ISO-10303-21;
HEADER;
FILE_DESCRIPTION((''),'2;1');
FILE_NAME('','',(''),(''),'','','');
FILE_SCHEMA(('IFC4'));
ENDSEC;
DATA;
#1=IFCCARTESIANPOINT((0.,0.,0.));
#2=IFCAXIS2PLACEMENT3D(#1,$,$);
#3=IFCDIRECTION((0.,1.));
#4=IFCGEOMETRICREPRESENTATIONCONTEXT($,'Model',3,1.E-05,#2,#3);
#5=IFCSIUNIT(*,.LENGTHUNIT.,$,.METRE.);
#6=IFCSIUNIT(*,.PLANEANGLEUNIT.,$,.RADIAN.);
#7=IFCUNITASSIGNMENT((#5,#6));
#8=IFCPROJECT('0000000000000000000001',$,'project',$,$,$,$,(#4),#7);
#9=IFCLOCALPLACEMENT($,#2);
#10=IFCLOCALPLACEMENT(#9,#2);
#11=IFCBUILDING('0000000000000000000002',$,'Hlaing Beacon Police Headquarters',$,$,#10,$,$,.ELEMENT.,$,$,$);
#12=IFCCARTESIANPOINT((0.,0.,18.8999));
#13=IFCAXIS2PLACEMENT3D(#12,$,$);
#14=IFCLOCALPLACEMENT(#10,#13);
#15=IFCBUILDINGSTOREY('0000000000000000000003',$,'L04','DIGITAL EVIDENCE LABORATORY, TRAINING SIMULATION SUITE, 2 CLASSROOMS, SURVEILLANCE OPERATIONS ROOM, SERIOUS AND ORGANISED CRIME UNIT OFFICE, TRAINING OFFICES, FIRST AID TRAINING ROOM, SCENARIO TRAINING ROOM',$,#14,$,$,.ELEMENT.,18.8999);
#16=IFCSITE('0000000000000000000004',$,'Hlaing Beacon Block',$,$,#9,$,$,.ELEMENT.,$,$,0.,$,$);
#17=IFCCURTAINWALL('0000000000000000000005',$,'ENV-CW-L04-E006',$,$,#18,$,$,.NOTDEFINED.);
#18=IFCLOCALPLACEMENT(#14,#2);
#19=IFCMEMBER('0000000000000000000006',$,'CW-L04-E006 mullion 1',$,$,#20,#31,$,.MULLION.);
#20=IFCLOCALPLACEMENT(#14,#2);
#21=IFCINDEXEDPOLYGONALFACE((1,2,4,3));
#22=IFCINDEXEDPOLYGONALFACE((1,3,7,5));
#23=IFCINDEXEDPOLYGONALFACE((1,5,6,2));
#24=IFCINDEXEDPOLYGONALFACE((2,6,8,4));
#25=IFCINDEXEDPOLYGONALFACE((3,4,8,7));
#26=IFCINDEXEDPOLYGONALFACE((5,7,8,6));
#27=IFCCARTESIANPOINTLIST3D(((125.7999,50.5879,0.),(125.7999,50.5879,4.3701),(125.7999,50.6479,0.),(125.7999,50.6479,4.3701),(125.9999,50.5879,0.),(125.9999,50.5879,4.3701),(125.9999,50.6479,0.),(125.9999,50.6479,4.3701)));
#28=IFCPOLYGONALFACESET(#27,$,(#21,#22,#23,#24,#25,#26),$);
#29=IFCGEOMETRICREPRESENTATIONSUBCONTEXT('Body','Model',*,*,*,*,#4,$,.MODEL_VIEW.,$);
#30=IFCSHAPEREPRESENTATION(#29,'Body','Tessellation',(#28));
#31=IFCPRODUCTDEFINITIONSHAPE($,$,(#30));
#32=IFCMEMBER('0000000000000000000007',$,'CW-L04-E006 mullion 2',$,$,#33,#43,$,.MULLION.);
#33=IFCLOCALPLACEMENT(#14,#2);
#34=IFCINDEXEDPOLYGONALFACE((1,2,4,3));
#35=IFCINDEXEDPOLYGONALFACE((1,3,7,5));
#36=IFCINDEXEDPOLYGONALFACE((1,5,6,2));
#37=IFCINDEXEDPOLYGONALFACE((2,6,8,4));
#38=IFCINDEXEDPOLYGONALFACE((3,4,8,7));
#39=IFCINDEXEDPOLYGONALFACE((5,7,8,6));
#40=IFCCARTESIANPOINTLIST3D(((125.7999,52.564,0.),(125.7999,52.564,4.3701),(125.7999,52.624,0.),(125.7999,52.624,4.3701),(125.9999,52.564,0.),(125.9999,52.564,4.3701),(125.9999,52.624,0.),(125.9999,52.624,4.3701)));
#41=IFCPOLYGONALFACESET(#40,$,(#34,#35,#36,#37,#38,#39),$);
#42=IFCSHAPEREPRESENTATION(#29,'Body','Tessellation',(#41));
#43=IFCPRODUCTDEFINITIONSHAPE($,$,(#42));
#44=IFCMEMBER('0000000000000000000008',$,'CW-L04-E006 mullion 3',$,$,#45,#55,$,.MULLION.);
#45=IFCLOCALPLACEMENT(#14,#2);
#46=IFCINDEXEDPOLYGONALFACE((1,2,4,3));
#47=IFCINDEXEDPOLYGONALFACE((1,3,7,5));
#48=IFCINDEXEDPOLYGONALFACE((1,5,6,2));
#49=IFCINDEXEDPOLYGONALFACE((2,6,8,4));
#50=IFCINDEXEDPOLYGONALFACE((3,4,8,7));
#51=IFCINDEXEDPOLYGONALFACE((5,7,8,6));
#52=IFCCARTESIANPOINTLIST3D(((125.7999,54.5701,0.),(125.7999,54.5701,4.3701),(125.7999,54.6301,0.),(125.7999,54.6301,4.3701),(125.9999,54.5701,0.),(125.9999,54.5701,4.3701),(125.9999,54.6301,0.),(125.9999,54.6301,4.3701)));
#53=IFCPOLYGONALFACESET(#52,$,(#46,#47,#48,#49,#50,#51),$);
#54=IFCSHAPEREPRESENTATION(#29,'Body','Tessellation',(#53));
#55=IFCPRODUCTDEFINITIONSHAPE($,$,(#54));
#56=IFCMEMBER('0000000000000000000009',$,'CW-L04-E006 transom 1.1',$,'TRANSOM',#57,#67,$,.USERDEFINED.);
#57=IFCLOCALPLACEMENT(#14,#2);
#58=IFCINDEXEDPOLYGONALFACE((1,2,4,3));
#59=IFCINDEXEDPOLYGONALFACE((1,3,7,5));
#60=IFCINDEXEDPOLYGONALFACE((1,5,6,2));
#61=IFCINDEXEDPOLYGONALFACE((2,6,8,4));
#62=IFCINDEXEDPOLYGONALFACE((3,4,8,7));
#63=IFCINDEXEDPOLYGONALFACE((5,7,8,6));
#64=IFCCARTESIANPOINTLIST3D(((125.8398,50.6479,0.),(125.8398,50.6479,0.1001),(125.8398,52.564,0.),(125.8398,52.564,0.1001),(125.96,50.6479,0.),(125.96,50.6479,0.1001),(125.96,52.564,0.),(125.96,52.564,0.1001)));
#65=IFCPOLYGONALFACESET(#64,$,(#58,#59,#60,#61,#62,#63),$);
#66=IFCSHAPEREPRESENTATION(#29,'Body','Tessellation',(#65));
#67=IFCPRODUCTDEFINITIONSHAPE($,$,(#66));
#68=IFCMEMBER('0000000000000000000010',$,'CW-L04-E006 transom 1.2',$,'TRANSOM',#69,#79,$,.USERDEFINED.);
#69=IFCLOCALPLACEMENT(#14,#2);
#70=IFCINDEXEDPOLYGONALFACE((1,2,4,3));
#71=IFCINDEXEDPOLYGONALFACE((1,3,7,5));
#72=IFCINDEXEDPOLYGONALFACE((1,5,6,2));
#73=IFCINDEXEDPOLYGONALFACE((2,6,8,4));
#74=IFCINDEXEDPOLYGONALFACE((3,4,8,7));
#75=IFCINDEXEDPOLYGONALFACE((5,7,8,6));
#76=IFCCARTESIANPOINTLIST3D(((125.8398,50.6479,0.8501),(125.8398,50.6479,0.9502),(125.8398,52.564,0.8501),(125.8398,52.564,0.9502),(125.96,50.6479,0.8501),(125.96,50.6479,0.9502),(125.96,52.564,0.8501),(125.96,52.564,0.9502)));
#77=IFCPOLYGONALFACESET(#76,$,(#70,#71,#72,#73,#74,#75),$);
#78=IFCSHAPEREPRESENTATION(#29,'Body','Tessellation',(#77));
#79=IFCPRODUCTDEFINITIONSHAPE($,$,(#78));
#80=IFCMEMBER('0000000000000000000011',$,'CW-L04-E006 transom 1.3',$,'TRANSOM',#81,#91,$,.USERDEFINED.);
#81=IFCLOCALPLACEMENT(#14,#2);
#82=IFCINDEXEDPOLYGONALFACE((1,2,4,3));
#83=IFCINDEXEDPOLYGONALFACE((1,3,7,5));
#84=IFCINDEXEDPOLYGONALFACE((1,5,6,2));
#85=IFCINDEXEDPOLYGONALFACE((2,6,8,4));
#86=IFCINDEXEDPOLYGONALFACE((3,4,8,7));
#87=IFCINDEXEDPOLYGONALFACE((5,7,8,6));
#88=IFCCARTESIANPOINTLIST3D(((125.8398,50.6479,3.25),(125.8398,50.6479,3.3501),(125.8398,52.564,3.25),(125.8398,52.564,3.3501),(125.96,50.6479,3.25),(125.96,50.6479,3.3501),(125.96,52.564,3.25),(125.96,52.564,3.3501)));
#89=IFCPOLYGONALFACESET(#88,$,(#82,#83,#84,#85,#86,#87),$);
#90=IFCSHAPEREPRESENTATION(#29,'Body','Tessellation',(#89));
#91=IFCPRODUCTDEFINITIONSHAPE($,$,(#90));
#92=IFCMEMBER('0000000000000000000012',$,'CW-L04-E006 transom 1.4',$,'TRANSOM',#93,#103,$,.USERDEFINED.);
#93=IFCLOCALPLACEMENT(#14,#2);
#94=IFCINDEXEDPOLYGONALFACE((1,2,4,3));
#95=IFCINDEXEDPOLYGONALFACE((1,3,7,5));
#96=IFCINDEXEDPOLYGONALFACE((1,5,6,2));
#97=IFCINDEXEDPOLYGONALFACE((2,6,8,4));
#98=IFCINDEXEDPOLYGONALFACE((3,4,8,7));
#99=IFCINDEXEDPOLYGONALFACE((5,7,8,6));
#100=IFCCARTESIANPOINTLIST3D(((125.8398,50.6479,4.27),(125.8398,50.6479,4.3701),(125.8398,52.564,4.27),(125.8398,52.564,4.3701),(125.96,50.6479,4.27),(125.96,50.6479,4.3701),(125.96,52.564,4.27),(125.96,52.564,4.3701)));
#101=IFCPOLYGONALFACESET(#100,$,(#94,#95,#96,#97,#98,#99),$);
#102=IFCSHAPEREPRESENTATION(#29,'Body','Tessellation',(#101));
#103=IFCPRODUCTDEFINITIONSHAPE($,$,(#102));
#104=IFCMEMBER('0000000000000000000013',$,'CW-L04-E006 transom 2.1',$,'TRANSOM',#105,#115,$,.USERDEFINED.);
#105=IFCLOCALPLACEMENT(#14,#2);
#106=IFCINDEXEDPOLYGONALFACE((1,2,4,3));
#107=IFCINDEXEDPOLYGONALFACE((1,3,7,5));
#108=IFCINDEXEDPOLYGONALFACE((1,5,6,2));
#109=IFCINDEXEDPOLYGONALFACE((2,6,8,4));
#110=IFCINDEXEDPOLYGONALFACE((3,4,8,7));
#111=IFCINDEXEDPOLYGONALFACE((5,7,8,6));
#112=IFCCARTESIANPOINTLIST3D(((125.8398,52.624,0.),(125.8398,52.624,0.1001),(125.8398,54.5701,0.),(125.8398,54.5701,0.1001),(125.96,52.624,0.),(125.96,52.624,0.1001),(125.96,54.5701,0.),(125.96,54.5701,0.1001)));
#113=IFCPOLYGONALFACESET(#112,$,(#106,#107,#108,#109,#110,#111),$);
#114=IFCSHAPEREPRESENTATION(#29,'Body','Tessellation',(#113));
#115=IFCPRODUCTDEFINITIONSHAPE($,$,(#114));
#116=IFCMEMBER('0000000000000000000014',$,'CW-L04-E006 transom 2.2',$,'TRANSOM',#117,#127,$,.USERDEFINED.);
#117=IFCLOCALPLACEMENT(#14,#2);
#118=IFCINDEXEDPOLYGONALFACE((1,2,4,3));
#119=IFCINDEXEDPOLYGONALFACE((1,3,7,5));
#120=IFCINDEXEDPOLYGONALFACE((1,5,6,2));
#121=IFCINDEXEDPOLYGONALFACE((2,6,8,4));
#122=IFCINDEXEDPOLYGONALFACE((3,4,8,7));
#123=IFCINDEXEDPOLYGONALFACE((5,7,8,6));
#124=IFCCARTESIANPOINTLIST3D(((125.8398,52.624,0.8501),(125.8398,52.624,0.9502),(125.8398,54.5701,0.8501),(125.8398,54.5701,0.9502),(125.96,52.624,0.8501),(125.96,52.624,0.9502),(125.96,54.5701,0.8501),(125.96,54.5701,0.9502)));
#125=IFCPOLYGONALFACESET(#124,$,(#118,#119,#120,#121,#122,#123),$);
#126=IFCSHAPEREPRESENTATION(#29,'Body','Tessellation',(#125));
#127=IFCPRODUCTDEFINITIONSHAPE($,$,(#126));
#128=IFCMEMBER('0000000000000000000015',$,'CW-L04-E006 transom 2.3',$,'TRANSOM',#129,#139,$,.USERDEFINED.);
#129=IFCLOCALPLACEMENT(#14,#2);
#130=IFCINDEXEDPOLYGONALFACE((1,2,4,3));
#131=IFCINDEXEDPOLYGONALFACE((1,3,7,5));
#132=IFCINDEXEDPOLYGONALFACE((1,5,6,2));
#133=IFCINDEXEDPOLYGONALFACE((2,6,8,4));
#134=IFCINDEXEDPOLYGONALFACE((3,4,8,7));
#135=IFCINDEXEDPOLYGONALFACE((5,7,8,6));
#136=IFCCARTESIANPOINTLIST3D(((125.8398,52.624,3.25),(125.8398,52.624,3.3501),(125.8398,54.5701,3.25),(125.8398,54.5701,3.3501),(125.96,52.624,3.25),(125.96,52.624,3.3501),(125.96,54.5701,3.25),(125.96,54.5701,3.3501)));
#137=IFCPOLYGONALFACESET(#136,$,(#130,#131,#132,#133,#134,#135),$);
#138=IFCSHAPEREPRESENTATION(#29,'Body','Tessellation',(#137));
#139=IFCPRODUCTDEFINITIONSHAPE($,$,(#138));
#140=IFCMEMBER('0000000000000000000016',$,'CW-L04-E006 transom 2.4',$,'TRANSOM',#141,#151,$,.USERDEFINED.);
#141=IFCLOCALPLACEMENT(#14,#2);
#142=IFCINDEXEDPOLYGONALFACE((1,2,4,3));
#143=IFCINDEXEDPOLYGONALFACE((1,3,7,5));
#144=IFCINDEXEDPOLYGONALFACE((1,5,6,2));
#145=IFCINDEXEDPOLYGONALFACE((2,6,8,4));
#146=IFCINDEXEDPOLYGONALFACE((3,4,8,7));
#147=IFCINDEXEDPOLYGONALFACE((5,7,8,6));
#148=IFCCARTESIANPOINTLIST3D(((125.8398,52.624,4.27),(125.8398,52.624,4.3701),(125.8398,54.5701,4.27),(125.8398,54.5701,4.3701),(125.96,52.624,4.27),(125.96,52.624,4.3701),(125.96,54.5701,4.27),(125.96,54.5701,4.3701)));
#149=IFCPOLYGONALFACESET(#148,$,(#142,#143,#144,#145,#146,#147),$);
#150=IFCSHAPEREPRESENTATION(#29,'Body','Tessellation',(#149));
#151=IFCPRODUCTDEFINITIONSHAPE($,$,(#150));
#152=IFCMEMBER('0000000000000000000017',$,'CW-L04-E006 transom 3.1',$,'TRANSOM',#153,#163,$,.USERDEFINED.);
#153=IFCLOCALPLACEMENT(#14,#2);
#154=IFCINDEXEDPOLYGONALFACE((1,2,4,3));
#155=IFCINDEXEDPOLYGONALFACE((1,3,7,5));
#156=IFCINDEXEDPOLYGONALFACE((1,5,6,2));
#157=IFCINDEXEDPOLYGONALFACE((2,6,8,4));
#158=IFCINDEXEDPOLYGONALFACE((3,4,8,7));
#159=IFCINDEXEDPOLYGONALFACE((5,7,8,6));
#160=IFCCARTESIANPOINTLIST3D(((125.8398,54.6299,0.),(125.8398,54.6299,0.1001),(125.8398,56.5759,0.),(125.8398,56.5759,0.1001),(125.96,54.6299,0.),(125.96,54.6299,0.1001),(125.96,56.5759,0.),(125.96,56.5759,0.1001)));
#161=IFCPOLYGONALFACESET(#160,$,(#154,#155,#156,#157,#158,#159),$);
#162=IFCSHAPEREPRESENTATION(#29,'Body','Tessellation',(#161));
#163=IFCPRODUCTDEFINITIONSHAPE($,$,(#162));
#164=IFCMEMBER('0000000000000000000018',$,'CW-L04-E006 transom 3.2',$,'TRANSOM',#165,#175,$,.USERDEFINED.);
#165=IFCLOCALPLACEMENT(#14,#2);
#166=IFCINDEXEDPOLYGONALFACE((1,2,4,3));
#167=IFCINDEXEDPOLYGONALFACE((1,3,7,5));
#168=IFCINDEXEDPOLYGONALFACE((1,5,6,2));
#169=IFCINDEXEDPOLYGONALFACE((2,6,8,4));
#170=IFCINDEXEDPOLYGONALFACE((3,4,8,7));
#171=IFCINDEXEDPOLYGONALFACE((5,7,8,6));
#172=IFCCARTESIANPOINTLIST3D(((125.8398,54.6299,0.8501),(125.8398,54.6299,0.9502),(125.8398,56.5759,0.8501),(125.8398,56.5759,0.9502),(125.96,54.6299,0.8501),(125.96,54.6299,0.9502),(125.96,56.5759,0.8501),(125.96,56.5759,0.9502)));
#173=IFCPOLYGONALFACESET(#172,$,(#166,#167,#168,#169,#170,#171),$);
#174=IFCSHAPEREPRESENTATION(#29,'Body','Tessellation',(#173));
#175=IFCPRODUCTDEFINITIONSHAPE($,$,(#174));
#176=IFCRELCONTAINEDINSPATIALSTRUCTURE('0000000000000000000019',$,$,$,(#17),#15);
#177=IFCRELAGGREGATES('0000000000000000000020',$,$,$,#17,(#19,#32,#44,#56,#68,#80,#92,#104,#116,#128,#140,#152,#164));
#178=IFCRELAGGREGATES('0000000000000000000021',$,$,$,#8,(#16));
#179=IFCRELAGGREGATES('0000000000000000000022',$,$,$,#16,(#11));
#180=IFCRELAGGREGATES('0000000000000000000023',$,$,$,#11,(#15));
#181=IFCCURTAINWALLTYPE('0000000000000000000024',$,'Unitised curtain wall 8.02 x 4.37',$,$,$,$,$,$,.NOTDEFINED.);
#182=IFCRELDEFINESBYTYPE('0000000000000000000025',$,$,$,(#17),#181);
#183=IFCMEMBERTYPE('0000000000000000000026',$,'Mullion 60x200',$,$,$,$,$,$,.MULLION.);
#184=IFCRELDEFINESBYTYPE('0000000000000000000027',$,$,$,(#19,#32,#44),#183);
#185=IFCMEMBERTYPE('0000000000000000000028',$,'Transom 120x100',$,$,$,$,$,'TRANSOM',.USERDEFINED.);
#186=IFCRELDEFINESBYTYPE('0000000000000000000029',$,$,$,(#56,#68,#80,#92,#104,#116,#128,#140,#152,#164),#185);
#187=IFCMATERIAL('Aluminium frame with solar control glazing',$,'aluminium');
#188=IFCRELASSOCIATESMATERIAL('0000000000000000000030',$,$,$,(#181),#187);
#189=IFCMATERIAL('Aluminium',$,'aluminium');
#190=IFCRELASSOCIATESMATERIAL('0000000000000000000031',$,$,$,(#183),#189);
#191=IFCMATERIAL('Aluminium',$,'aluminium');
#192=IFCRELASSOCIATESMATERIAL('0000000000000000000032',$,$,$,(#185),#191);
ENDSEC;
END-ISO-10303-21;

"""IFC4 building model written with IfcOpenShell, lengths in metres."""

from ifc_helpers import new_model, si_unit, direction, frame, origin, origin_2d, place, context, subcontext, project, spatial, rectangle, extrude, material, material_profile, profile_set, type_object, element, aggregate, save


model = new_model("IFC4")

# Units and contexts
model_context = context("Model", 3, precision=1e-05, world=origin(), true_north=direction((0.0, 1.0)))
body_context = subcontext(model_context, "Body", "Model", "MODEL_VIEW")
ifc_project = project(units=[si_unit("LENGTHUNIT", "METRE"), si_unit("PLANEANGLEUNIT", "RADIAN")], contexts=[model_context])

# Site, building, storey
site_placement = place(None, origin())
site = spatial("IfcSite", under=ifc_project, at=site_placement, Name="Hlaing Beacon Block", CompositionType="ELEMENT", RefElevation=0.0)
building_placement = place(site_placement, origin())
building = spatial("IfcBuilding", under=site, at=building_placement, Name="Hlaing Beacon Police Headquarters", CompositionType="ELEMENT")
storey_placement = place(building_placement, frame((0.0, 0.0, 18.8999)))
storey = spatial("IfcBuildingStorey", under=building, at=storey_placement, Name="L04", Description="DIGITAL EVIDENCE LABORATORY, TRAINING SIMULATION SUITE, 2 CLASSROOMS, SURVEILLANCE OPERATIONS ROOM, SERIOUS AND ORGANISED CRIME UNIT OFFICE, TRAINING OFFICES, FIRST AID TRAINING ROOM, SCENARIO TRAINING ROOM", CompositionType="ELEMENT", Elevation=18.8999)

# Curtain wall, members
ifc_material_1 = material(Name="Aluminium frame with solar control glazing", Category="aluminium")
curtain_wall_type = type_object("IfcCurtainWallType", Name="Unitised curtain wall 8.02 x 4.37", PredefinedType="NOTDEFINED", material=ifc_material_1)
curtain_wall_placement = place(storey_placement, origin())
curtain_wall = element("IfcCurtainWall", 1, at=curtain_wall_placement, inside=storey, type_object=curtain_wall_type, Name="ENV-CW-L04-E006", PredefinedType="NOTDEFINED")
ifc_material_2 = material(Name="Aluminium", Category="aluminium")
ifc_material_profile_1 = material_profile(ifc_material_2, rectangle(XDim=0.2, YDim=0.0601, at=origin_2d()), Name="Mullion 60x200")
ifc_profile_set_1 = profile_set([ifc_material_profile_1], Name="Aluminium")
member_type_1 = type_object("IfcMemberType", Name="Mullion 60x200", PredefinedType="MULLION", material=ifc_profile_set_1)
member_1_placement = place(storey_placement, frame((125.8999, 50.6179, 0.0), z_axis=(0.0, 0.0, 1.0), x_axis=(-1.0, 0.0, 0.0)))
member_1 = element("IfcMember", 2, at=member_1_placement, type_object=member_type_1, Name="CW-L04-E006 mullion 1", PredefinedType="MULLION", context=body_context, shape_type="SweptSolid", body=[
    extrude(rectangle(XDim=0.2, YDim=0.0601, at=origin_2d()), origin(), (0.0, 0.0, 1.0), 4.3701),
])
member_2_placement = place(storey_placement, frame((125.8999, 52.594, 0.0), z_axis=(0.0, 0.0, 1.0), x_axis=(-1.0, 0.0, 0.0)))
member_2 = element("IfcMember", 3, at=member_2_placement, type_object=member_type_1, Name="CW-L04-E006 mullion 2", PredefinedType="MULLION", context=body_context, shape_type="SweptSolid", body=[
    extrude(rectangle(XDim=0.2, YDim=0.0601, at=origin_2d()), origin(), (0.0, 0.0, 1.0), 4.3701),
])
member_3_placement = place(storey_placement, frame((125.8999, 54.6001, 0.0), z_axis=(0.0, 0.0, 1.0), x_axis=(-1.0, 0.0, 0.0)))
member_3 = element("IfcMember", 4, at=member_3_placement, type_object=member_type_1, Name="CW-L04-E006 mullion 3", PredefinedType="MULLION", context=body_context, shape_type="SweptSolid", body=[
    extrude(rectangle(XDim=0.2, YDim=0.0601, at=origin_2d()), origin(), (0.0, 0.0, 1.0), 4.3701),
])
ifc_material_3 = material(Name="Aluminium", Category="aluminium")
ifc_material_profile_2 = material_profile(ifc_material_3, rectangle(XDim=0.1201, YDim=0.1001, at=origin_2d()), Name="Transom 120x100")
ifc_profile_set_2 = profile_set([ifc_material_profile_2], Name="Aluminium")
member_type_2 = type_object("IfcMemberType", Name="Transom 120x100", ElementType="TRANSOM", PredefinedType="USERDEFINED", material=ifc_profile_set_2)
member_4_placement = place(storey_placement, frame((125.8999, 50.6479, 0.05), z_axis=(0.0, 1.0, 0.0), x_axis=(-1.0, 0.0, 0.0)))
member_4 = element("IfcMember", 5, at=member_4_placement, type_object=member_type_2, Name="CW-L04-E006 transom 1.1", ObjectType="TRANSOM", PredefinedType="USERDEFINED", context=body_context, shape_type="SweptSolid", body=[
    extrude(rectangle(XDim=0.1201, YDim=0.1001, at=origin_2d()), origin(), (0.0, 0.0, 1.0), 1.916),
])
member_5_placement = place(storey_placement, frame((125.8999, 50.6479, 0.9001), z_axis=(0.0, 1.0, 0.0), x_axis=(-1.0, 0.0, 0.0)))
member_5 = element("IfcMember", 6, at=member_5_placement, type_object=member_type_2, Name="CW-L04-E006 transom 1.2", ObjectType="TRANSOM", PredefinedType="USERDEFINED", context=body_context, shape_type="SweptSolid", body=[
    extrude(rectangle(XDim=0.1201, YDim=0.1001, at=origin_2d()), origin(), (0.0, 0.0, 1.0), 1.916),
])
member_6_placement = place(storey_placement, frame((125.8999, 50.6479, 3.3), z_axis=(0.0, 1.0, 0.0), x_axis=(-1.0, 0.0, 0.0)))
member_6 = element("IfcMember", 7, at=member_6_placement, type_object=member_type_2, Name="CW-L04-E006 transom 1.3", ObjectType="TRANSOM", PredefinedType="USERDEFINED", context=body_context, shape_type="SweptSolid", body=[
    extrude(rectangle(XDim=0.1201, YDim=0.1001, at=origin_2d()), origin(), (0.0, 0.0, 1.0), 1.916),
])
member_7_placement = place(storey_placement, frame((125.8999, 50.6479, 4.3201), z_axis=(0.0, 1.0, 0.0), x_axis=(-1.0, 0.0, 0.0)))
member_7 = element("IfcMember", 8, at=member_7_placement, type_object=member_type_2, Name="CW-L04-E006 transom 1.4", ObjectType="TRANSOM", PredefinedType="USERDEFINED", context=body_context, shape_type="SweptSolid", body=[
    extrude(rectangle(XDim=0.1201, YDim=0.1001, at=origin_2d()), origin(), (0.0, 0.0, 1.0), 1.916),
])
member_8_placement = place(storey_placement, frame((125.8999, 52.624, 0.05), z_axis=(0.0, 1.0, 0.0), x_axis=(-1.0, 0.0, 0.0)))
member_8 = element("IfcMember", 9, at=member_8_placement, type_object=member_type_2, Name="CW-L04-E006 transom 2.1", ObjectType="TRANSOM", PredefinedType="USERDEFINED", context=body_context, shape_type="SweptSolid", body=[
    extrude(rectangle(XDim=0.1201, YDim=0.1001, at=origin_2d()), origin(), (0.0, 0.0, 1.0), 1.946),
])
member_9_placement = place(storey_placement, frame((125.8999, 52.624, 0.9001), z_axis=(0.0, 1.0, 0.0), x_axis=(-1.0, 0.0, 0.0)))
member_9 = element("IfcMember", 10, at=member_9_placement, type_object=member_type_2, Name="CW-L04-E006 transom 2.2", ObjectType="TRANSOM", PredefinedType="USERDEFINED", context=body_context, shape_type="SweptSolid", body=[
    extrude(rectangle(XDim=0.1201, YDim=0.1001, at=origin_2d()), origin(), (0.0, 0.0, 1.0), 1.946),
])
member_10_placement = place(storey_placement, frame((125.8999, 52.624, 3.3), z_axis=(0.0, 1.0, 0.0), x_axis=(-1.0, 0.0, 0.0)))
member_10 = element("IfcMember", 11, at=member_10_placement, type_object=member_type_2, Name="CW-L04-E006 transom 2.3", ObjectType="TRANSOM", PredefinedType="USERDEFINED", context=body_context, shape_type="SweptSolid", body=[
    extrude(rectangle(XDim=0.1201, YDim=0.1001, at=origin_2d()), origin(), (0.0, 0.0, 1.0), 1.946),
])
member_11_placement = place(storey_placement, frame((125.8999, 52.624, 4.3201), z_axis=(0.0, 1.0, 0.0), x_axis=(-1.0, 0.0, 0.0)))
member_11 = element("IfcMember", 12, at=member_11_placement, type_object=member_type_2, Name="CW-L04-E006 transom 2.4", ObjectType="TRANSOM", PredefinedType="USERDEFINED", context=body_context, shape_type="SweptSolid", body=[
    extrude(rectangle(XDim=0.1201, YDim=0.1001, at=origin_2d()), origin(), (0.0, 0.0, 1.0), 1.946),
])
member_12_placement = place(storey_placement, frame((125.8999, 54.6299, 0.05), z_axis=(0.0, 1.0, 0.0), x_axis=(-1.0, 0.0, 0.0)))
member_12 = element("IfcMember", 13, at=member_12_placement, type_object=member_type_2, Name="CW-L04-E006 transom 3.1", ObjectType="TRANSOM", PredefinedType="USERDEFINED", context=body_context, shape_type="SweptSolid", body=[
    extrude(rectangle(XDim=0.1201, YDim=0.1001, at=origin_2d()), origin(), (0.0, 0.0, 1.0), 1.946),
])
member_13_placement = place(storey_placement, frame((125.8999, 54.6299, 0.9001), z_axis=(0.0, 1.0, 0.0), x_axis=(-1.0, 0.0, 0.0)))
member_13 = element("IfcMember", 14, at=member_13_placement, type_object=member_type_2, Name="CW-L04-E006 transom 3.2", ObjectType="TRANSOM", PredefinedType="USERDEFINED", context=body_context, shape_type="SweptSolid", body=[
    extrude(rectangle(XDim=0.1201, YDim=0.1001, at=origin_2d()), origin(), (0.0, 0.0, 1.0), 1.946),
])
aggregate(curtain_wall, [member_1, member_2, member_3, member_4, member_5, member_6, member_7, member_8, member_9, member_10, member_11, member_12, member_13])

save(model, "model.ifc")
